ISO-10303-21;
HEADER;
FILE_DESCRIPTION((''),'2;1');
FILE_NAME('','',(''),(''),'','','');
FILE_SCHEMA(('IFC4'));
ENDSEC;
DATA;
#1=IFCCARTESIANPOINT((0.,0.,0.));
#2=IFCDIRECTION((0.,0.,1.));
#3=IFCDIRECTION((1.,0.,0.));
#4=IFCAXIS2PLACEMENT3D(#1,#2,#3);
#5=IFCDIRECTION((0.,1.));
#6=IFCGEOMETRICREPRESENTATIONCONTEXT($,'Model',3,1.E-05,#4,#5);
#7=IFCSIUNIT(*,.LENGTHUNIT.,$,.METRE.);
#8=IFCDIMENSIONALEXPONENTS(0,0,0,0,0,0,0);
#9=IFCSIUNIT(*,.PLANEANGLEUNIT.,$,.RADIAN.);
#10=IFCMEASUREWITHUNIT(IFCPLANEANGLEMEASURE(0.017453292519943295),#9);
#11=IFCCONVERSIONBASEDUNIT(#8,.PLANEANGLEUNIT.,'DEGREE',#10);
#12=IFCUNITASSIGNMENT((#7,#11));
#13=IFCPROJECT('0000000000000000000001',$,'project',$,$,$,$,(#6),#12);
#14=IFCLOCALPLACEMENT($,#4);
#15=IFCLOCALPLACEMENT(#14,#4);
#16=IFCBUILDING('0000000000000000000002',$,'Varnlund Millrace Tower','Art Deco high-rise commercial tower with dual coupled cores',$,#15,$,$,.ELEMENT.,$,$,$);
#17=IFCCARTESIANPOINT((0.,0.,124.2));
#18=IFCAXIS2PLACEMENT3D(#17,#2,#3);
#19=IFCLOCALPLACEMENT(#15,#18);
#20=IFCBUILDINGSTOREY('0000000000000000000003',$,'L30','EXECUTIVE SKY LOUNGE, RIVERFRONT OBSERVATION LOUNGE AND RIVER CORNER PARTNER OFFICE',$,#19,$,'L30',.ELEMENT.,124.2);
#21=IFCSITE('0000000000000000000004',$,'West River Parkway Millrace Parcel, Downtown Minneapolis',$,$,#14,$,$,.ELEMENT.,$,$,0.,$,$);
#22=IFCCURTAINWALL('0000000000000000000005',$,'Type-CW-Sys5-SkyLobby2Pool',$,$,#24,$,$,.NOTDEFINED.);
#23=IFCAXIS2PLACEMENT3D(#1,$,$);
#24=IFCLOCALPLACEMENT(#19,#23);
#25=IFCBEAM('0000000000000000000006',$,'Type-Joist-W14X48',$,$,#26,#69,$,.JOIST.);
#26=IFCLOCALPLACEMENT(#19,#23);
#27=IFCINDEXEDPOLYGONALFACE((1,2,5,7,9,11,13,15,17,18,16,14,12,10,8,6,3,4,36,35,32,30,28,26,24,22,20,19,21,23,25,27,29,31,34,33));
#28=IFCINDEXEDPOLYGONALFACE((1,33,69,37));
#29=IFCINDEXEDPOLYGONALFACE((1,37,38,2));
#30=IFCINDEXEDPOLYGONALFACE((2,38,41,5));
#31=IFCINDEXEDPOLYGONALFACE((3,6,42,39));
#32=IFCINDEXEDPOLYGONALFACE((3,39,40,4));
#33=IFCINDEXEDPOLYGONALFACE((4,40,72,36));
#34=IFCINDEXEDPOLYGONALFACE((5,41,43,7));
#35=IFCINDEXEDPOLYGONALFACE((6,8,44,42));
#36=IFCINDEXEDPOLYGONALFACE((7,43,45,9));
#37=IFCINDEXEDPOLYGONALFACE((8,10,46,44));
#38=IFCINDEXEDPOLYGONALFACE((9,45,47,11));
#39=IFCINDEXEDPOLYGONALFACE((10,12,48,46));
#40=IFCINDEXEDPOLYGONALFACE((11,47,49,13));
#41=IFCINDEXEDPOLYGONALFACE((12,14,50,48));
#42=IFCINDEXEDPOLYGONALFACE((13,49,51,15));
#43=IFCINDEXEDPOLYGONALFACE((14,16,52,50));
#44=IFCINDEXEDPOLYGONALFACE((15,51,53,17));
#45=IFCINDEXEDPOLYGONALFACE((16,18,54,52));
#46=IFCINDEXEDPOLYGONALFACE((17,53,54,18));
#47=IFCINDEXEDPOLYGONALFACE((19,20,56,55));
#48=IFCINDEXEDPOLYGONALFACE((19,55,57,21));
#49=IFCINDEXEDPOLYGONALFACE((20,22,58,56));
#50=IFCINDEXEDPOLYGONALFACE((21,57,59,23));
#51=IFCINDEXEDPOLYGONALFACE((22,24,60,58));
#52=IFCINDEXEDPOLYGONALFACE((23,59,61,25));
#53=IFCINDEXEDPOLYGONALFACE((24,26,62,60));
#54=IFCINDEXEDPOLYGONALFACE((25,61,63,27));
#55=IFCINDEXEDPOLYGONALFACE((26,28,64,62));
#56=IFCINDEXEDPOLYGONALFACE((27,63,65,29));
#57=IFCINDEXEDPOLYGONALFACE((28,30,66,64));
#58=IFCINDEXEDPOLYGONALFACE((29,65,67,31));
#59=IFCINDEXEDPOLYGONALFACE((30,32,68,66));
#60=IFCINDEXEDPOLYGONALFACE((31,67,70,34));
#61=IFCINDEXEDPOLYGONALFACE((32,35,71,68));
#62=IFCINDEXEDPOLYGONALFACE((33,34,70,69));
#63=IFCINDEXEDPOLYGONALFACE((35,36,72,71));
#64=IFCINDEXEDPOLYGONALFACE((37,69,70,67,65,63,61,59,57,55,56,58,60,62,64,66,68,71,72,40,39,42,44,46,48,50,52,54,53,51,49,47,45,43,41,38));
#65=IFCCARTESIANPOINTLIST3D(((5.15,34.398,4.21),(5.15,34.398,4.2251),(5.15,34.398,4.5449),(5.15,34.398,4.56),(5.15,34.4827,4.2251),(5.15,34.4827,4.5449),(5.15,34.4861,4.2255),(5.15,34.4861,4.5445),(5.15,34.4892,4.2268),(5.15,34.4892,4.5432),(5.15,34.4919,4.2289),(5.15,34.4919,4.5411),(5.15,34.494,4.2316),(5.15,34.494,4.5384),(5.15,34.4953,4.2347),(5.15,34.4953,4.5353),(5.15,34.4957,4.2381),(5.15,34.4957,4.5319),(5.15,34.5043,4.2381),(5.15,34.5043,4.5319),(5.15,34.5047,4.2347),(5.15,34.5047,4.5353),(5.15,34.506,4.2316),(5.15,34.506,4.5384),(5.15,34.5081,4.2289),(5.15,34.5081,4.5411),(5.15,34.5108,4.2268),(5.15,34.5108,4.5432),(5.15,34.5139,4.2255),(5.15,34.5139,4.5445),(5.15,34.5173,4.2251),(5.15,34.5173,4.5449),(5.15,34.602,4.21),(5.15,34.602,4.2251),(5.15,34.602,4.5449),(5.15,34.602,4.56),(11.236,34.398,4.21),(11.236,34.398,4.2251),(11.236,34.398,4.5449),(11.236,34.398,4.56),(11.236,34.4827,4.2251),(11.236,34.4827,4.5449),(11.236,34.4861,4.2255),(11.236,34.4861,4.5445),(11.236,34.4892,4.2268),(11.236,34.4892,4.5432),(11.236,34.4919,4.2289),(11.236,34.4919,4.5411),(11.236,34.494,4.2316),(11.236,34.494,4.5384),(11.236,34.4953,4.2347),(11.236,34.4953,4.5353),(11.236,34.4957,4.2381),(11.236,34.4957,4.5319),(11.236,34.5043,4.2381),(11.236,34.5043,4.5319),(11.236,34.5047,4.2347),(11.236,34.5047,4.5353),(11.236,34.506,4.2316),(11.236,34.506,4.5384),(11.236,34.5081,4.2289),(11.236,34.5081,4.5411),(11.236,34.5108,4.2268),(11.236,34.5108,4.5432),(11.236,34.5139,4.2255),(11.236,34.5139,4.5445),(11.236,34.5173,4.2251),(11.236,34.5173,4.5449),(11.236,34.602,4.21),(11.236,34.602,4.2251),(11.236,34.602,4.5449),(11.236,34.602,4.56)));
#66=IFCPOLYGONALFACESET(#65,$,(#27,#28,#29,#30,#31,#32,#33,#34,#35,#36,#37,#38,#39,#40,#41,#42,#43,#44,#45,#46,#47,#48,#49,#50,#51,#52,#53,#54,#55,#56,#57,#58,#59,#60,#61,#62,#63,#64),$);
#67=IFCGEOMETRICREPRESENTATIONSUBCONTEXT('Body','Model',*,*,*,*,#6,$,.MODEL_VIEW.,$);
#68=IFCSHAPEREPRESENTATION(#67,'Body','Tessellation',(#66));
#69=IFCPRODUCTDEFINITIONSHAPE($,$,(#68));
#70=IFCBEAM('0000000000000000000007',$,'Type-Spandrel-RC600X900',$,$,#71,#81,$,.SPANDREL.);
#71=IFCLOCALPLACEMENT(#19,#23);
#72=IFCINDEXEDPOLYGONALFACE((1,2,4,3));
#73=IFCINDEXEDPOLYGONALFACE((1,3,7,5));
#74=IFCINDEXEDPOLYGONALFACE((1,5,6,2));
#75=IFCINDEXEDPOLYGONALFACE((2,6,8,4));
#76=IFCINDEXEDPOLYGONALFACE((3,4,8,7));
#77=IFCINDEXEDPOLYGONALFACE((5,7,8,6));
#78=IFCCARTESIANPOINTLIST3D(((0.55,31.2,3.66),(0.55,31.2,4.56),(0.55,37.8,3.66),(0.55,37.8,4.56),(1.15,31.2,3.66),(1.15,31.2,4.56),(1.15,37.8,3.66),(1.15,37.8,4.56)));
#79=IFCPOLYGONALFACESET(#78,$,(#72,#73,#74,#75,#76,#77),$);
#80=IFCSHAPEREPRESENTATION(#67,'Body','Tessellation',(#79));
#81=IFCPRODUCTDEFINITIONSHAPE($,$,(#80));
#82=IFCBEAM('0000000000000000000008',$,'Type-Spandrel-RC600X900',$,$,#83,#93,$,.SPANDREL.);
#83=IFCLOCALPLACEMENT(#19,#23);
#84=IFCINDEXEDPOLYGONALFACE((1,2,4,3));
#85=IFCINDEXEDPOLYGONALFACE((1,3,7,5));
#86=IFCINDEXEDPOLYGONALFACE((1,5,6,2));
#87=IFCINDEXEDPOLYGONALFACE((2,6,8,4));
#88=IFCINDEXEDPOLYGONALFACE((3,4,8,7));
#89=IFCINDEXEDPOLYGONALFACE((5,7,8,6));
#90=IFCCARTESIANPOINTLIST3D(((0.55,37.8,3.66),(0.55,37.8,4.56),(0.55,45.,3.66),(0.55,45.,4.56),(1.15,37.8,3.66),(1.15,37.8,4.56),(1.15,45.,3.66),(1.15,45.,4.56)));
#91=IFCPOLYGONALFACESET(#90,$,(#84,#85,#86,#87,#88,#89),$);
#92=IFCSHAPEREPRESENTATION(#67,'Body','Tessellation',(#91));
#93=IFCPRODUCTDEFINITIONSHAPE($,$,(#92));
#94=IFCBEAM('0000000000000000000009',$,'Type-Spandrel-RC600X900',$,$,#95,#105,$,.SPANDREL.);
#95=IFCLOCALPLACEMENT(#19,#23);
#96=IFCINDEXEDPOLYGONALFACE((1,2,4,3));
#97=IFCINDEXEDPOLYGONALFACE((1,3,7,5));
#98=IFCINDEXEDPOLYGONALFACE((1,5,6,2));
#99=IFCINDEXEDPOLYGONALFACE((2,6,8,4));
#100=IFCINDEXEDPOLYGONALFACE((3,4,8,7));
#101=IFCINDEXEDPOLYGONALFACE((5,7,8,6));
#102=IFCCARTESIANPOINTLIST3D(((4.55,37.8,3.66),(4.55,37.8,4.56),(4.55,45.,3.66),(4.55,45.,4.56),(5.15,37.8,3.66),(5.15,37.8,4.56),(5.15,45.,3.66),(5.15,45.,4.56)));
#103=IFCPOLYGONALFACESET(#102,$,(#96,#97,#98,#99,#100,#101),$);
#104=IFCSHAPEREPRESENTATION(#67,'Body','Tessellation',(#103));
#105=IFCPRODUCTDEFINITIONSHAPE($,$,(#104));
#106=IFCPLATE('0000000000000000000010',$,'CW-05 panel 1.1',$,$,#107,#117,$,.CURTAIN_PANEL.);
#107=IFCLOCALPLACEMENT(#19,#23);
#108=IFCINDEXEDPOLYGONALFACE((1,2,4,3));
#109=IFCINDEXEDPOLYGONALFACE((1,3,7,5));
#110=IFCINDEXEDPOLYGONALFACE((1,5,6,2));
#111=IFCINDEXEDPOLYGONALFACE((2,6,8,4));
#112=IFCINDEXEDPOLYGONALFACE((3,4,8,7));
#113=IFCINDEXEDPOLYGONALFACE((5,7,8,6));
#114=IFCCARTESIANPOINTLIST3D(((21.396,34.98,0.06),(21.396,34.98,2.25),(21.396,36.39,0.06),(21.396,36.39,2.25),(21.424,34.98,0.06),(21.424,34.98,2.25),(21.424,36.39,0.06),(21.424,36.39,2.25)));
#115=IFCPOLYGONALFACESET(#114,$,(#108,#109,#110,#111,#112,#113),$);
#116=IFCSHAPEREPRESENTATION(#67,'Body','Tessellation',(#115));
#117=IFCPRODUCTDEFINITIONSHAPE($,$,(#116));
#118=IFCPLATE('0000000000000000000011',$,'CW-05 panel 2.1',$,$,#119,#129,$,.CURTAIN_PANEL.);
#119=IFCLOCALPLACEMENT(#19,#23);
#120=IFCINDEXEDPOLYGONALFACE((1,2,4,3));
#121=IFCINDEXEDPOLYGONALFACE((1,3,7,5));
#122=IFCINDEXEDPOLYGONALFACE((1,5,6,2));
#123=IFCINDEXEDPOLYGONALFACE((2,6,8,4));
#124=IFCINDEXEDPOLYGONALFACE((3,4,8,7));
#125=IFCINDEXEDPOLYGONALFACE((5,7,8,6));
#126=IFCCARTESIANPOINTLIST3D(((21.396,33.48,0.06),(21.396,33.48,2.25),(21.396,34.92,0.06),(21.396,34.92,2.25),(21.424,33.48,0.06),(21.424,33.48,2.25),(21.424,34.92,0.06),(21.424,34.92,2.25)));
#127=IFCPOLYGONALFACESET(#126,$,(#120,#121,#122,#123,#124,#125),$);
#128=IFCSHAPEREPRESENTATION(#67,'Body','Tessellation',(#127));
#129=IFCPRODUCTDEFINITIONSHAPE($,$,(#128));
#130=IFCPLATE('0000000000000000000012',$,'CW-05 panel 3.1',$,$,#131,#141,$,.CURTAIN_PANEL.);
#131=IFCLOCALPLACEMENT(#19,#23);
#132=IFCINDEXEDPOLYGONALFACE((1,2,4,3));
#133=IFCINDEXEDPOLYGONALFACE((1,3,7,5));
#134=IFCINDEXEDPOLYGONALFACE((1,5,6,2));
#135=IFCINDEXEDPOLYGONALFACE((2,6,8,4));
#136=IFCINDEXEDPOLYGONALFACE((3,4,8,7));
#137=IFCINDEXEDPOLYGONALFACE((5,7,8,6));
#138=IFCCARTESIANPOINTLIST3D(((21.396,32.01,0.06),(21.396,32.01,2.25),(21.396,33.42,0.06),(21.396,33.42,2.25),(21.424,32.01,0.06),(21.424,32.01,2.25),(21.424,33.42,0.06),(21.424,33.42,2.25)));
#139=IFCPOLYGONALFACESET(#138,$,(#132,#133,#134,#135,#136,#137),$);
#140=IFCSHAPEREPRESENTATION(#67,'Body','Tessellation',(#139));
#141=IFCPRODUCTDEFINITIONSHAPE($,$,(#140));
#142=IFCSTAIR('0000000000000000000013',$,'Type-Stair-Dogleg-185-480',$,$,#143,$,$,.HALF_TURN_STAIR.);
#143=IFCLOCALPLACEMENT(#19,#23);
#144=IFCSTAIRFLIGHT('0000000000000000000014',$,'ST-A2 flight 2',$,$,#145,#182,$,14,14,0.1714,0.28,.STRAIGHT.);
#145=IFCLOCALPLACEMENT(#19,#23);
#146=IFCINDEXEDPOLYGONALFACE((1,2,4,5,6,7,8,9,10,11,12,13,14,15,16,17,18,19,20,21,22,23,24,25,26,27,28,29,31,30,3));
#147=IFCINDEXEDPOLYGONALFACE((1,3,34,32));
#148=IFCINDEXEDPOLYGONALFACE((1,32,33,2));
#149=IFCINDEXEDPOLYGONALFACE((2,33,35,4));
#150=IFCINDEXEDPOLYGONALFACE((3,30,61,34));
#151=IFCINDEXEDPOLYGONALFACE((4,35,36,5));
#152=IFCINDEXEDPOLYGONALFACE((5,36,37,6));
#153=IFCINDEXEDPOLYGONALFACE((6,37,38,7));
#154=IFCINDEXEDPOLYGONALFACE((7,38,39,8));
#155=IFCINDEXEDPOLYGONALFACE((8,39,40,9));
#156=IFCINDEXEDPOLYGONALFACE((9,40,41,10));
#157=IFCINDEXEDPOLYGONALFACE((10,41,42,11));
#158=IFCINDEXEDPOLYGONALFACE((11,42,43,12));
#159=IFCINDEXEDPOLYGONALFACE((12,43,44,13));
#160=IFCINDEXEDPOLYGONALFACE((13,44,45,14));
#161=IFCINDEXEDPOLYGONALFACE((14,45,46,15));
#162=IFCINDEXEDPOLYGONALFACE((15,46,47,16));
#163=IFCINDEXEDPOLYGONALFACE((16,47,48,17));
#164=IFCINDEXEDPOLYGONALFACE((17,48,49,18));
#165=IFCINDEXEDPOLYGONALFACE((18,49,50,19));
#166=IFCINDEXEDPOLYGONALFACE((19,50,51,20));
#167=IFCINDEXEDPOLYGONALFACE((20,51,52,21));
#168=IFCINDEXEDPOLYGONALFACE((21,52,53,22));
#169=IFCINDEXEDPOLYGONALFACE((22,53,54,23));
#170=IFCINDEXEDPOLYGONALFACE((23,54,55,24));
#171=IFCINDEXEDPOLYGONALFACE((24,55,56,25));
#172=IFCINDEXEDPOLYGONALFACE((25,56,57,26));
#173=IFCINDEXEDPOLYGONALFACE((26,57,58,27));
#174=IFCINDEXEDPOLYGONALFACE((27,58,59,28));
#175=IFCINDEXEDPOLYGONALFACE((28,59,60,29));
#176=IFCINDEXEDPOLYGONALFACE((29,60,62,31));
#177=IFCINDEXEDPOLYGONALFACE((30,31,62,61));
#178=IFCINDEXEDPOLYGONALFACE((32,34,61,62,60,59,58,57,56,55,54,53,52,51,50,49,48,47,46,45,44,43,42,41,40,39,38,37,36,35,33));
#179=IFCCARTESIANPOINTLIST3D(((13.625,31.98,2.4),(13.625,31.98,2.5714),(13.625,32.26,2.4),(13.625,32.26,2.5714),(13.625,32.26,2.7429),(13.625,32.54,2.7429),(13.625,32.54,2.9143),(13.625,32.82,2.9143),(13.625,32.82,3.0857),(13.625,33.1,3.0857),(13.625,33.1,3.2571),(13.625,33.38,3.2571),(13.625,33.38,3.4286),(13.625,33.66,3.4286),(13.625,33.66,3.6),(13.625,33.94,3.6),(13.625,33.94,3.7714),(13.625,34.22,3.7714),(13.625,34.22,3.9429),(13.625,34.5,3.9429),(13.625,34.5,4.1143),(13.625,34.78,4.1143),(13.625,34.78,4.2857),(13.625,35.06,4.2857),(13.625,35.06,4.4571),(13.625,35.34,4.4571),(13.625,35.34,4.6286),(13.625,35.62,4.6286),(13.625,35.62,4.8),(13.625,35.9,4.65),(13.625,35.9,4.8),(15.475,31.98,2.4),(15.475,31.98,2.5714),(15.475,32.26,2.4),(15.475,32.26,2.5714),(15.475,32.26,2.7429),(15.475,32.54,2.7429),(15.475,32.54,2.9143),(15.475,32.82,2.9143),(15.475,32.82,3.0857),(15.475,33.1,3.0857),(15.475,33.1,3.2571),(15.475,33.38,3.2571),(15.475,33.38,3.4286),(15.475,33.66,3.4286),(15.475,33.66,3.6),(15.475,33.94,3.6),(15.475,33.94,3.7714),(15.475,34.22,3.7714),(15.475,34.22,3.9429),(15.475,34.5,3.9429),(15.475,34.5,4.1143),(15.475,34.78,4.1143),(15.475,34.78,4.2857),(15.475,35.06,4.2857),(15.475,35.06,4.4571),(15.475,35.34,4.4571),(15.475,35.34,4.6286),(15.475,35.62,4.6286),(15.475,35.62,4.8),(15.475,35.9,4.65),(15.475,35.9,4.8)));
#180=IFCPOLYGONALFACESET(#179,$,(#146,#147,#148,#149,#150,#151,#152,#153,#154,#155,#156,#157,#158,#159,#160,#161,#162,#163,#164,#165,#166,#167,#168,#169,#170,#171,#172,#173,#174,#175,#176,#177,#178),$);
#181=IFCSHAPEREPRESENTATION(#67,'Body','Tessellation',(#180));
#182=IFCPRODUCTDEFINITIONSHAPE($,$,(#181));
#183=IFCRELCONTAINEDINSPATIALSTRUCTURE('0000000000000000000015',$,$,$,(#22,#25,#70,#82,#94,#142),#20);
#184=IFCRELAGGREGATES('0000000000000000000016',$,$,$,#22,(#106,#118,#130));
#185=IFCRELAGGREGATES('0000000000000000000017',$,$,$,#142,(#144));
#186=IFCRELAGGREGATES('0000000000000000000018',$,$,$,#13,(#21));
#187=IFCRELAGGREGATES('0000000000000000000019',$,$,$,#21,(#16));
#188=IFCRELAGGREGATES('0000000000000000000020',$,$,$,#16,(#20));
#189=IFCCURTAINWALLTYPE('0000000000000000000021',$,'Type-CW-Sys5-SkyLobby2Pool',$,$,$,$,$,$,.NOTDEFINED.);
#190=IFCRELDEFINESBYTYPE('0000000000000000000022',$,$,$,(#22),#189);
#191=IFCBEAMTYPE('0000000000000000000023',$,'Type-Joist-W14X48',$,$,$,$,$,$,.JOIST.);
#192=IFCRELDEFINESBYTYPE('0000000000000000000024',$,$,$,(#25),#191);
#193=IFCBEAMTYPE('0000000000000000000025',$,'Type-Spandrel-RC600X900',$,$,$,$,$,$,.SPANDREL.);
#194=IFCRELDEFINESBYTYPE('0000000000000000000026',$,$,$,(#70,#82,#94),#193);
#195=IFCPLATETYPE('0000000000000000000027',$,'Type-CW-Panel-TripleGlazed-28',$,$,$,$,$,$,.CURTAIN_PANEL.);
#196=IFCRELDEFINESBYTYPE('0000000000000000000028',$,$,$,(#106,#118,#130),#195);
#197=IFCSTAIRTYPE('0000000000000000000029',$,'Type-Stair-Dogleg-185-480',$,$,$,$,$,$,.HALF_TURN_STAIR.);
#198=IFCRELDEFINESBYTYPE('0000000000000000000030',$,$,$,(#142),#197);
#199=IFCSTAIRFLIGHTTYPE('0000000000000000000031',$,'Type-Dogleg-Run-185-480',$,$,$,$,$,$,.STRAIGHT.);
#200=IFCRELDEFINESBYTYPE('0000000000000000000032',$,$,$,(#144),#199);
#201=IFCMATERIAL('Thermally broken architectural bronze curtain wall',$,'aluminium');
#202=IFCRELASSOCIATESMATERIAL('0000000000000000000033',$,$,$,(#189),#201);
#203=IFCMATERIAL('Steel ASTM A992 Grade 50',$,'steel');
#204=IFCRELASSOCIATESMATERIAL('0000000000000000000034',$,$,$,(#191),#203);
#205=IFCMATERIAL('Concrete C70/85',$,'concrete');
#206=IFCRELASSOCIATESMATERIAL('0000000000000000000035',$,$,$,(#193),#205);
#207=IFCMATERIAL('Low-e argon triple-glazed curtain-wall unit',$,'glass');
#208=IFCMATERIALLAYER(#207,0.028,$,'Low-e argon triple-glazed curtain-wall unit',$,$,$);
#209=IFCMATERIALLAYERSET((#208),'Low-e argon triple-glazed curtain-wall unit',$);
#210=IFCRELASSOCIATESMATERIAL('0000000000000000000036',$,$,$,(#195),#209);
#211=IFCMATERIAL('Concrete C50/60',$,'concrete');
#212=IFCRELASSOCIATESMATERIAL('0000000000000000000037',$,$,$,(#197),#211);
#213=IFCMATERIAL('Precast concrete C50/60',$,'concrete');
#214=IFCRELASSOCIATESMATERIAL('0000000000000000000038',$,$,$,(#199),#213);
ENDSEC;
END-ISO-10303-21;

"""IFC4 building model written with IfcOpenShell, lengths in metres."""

from ifc_helpers import new_model, entity, si_unit, converted_unit, direction, frame, origin_with_axes, origin_2d_with_axis, place, context, subcontext, project, spatial, polyline, rectangle, i_section, outline, extrude, material, layer, layer_set, material_profile, profile_set, type_object, element, aggregate, save


model = new_model("IFC4")

# Units and contexts
model_context = context("Model", 3, precision=1e-05, world=origin_with_axes(), true_north=direction((0.0, 1.0)))
body_context = subcontext(model_context, "Body", "Model", "MODEL_VIEW")
ifc_project = project(units=[si_unit("LENGTHUNIT", "METRE"), converted_unit("PLANEANGLEUNIT", "DEGREE", entity("IfcPlaneAngleMeasure", 0.017453292519943295), si_unit("PLANEANGLEUNIT", "RADIAN"), dimensions=[0, 0, 0, 0, 0, 0, 0])], contexts=[model_context])

# Site, building, storey
site_placement = place(None, origin_with_axes())
site = spatial("IfcSite", under=ifc_project, at=site_placement, Name="West River Parkway Millrace Parcel, Downtown Minneapolis", CompositionType="ELEMENT", RefElevation=0.0)
building_placement = place(site_placement, origin_with_axes())
building = spatial("IfcBuilding", under=site, at=building_placement, Name="Varnlund Millrace Tower", Description="Art Deco high-rise commercial tower with dual coupled cores", CompositionType="ELEMENT")
storey_placement = place(building_placement, frame((0.0, 0.0, 124.2), z_axis=(0.0, 0.0, 1.0), x_axis=(1.0, 0.0, 0.0)))
storey = spatial("IfcBuildingStorey", under=building, at=storey_placement, Name="L30", Description="EXECUTIVE SKY LOUNGE, RIVERFRONT OBSERVATION LOUNGE AND RIVER CORNER PARTNER OFFICE", LongName="L30", CompositionType="ELEMENT", Elevation=124.2)

# Curtain wall
ifc_material_1 = material(Name="Thermally broken architectural bronze curtain wall", Category="aluminium")
curtain_wall_type = type_object("IfcCurtainWallType", Name="Type-CW-Sys5-SkyLobby2Pool", PredefinedType="NOTDEFINED", material=ifc_material_1)
curtain_wall_placement = place(storey_placement, frame((21.41, 36.45, 0.0), z_axis=(0.0, 0.0, 1.0), x_axis=(1.0, 0.0, 0.0)))
curtain_wall = element("IfcCurtainWall", 1, at=curtain_wall_placement, inside=storey, type_object=curtain_wall_type, Name="Type-CW-Sys5-SkyLobby2Pool", PredefinedType="NOTDEFINED")

# Beams
ifc_material_2 = material(Name="Steel ASTM A992 Grade 50", Category="steel")
ifc_material_profile_1 = material_profile(ifc_material_2, i_section(OverallWidth=0.204, OverallDepth=0.35, WebThickness=0.0086, FlangeThickness=0.0151, FilletRadius=0.013, at=origin_2d_with_axis()), Name="Steel ASTM A992 Grade 50")
ifc_profile_set_1 = profile_set([ifc_material_profile_1], Name="Steel ASTM A992 Grade 50")
beam_type_1 = type_object("IfcBeamType", Name="Type-Joist-W14X48", PredefinedType="JOIST", material=ifc_profile_set_1)
for number, where, z_axis, x_axis, name in (
    (2, (5.15, 34.5, 4.385), (1.0, 0.0, 0.0), (0.0, 1.0, 0.0), "Type-Joist-W14X48"),
):
    element("IfcBeam", number, at=place(storey_placement, frame(where, z_axis=z_axis, x_axis=x_axis)), inside=storey, type_object=beam_type_1, Name=name, PredefinedType="JOIST", context=body_context, shape_type="SweptSolid", body=[
        extrude(i_section(OverallWidth=0.204, OverallDepth=0.35, WebThickness=0.0086, FlangeThickness=0.0151, FilletRadius=0.013, at=origin_2d_with_axis()), origin_with_axes(), (0.0, 0.0, 1.0), 6.086),
    ])
ifc_material_3 = material(Name="Concrete C70/85", Category="concrete")
ifc_material_profile_2 = material_profile(ifc_material_3, rectangle(XDim=0.6, YDim=0.9, at=origin_2d_with_axis()), Name="Concrete C70/85")
ifc_profile_set_2 = profile_set([ifc_material_profile_2], Name="Concrete C70/85")
beam_type_2 = type_object("IfcBeamType", Name="Type-Spandrel-RC600X900", PredefinedType="SPANDREL", material=ifc_profile_set_2)
beam_1_placement = place(storey_placement, frame((0.85, 31.2, 4.11), z_axis=(0.0, 1.0, 0.0), x_axis=(-1.0, 0.0, 0.0)))
element("IfcBeam", 3, at=beam_1_placement, inside=storey, type_object=beam_type_2, Name="Type-Spandrel-RC600X900", PredefinedType="SPANDREL", context=body_context, shape_type="SweptSolid", body=[
    extrude(rectangle(XDim=0.6, YDim=0.9, at=origin_2d_with_axis()), origin_with_axes(), (0.0, 0.0, 1.0), 6.6),
])
for number, where, z_axis, x_axis, name in (
    (4, (0.85, 37.8, 4.11), (0.0, 1.0, 0.0), (-1.0, 0.0, 0.0), "Type-Spandrel-RC600X900"),
    (5, (4.85, 37.8, 4.11), (0.0, 1.0, 0.0), (-1.0, 0.0, 0.0), "Type-Spandrel-RC600X900"),
):
    element("IfcBeam", number, at=place(storey_placement, frame(where, z_axis=z_axis, x_axis=x_axis)), inside=storey, type_object=beam_type_2, Name=name, PredefinedType="SPANDREL", context=body_context, shape_type="SweptSolid", body=[
        extrude(rectangle(XDim=0.6, YDim=0.9, at=origin_2d_with_axis()), origin_with_axes(), (0.0, 0.0, 1.0), 7.2),
    ])

# Plates
ifc_material_4 = material(Name="Low-e argon triple-glazed curtain-wall unit", Category="glass")
ifc_layer_1 = layer(ifc_material_4, 0.028, Name="Low-e argon triple-glazed curtain-wall unit")
ifc_layer_set_1 = layer_set([ifc_layer_1], Name="Low-e argon triple-glazed curtain-wall unit")
plate_type = type_object("IfcPlateType", Name="Type-CW-Panel-TripleGlazed-28", PredefinedType="CURTAIN_PANEL", material=ifc_layer_set_1)
plate_1_placement = place(storey_placement, frame((21.41, 35.685, 0.06), z_axis=(0.0, 0.0, 1.0), x_axis=(0.0, -1.0, 0.0)))
plate_1 = element("IfcPlate", 6, at=plate_1_placement, type_object=plate_type, Name="CW-05 panel 1.1", PredefinedType="CURTAIN_PANEL", context=body_context, shape_type="SweptSolid", body=[
    extrude(rectangle(XDim=1.41, YDim=0.028, at=origin_2d_with_axis()), origin_with_axes(), (0.0, 0.0, 1.0), 2.19),
])
plate_2_placement = place(storey_placement, frame((21.41, 34.2, 0.06), z_axis=(0.0, 0.0, 1.0), x_axis=(0.0, -1.0, 0.0)))
plate_2 = element("IfcPlate", 7, at=plate_2_placement, type_object=plate_type, Name="CW-05 panel 2.1", PredefinedType="CURTAIN_PANEL", context=body_context, shape_type="SweptSolid", body=[
    extrude(rectangle(XDim=1.44, YDim=0.028, at=origin_2d_with_axis()), origin_with_axes(), (0.0, 0.0, 1.0), 2.19),
])
plate_3_placement = place(storey_placement, frame((21.41, 32.715, 0.06), z_axis=(0.0, 0.0, 1.0), x_axis=(0.0, -1.0, 0.0)))
plate_3 = element("IfcPlate", 8, at=plate_3_placement, type_object=plate_type, Name="CW-05 panel 3.1", PredefinedType="CURTAIN_PANEL", context=body_context, shape_type="SweptSolid", body=[
    extrude(rectangle(XDim=1.41, YDim=0.028, at=origin_2d_with_axis()), origin_with_axes(), (0.0, 0.0, 1.0), 2.19),
])
aggregate(curtain_wall, [plate_1, plate_2, plate_3])

# Stair, stair flight
ifc_material_5 = material(Name="Concrete C50/60", Category="concrete")
stair_type = type_object("IfcStairType", Name="Type-Stair-Dogleg-185-480", PredefinedType="HALF_TURN_STAIR", material=ifc_material_5)
stair_placement = place(storey_placement, origin_with_axes())
stair = element("IfcStair", 9, at=stair_placement, inside=storey, type_object=stair_type, Name="Type-Stair-Dogleg-185-480", PredefinedType="HALF_TURN_STAIR")
ifc_material_6 = material(Name="Precast concrete C50/60", Category="concrete")
stair_flight_type = type_object("IfcStairFlightType", Name="Type-Dogleg-Run-185-480", PredefinedType="STRAIGHT", material=ifc_material_6)
stair_flight_placement = place(storey_placement, frame((13.625, 31.98, 2.4), z_axis=(1.0, 0.0, 0.0), x_axis=(0.0, 1.0, 0.0)))
stair_flight = element("IfcStairFlight", 10, at=stair_flight_placement, type_object=stair_flight_type, Name="ST-A2 flight 2", NumberOfRisers=14, NumberOfTreads=14, PredefinedType="STRAIGHT", RiserHeight=0.1714, TreadLength=0.28, context=body_context, shape_type="SweptSolid", body=[
    extrude(outline(polyline([(0.0, 0.0), (0.0, 0.1714), (0.28, 0.1714), (0.28, 0.3429), (0.56, 0.3429), (0.56, 0.5143), (0.84, 0.5143), (0.84, 0.6857), (1.12, 0.6857), (1.12, 0.8571), (1.4, 0.8571), (1.4, 1.0286), (1.68, 1.0286), (1.68, 1.2), (1.96, 1.2), (1.96, 1.3714), (2.24, 1.3714), (2.24, 1.5429), (2.52, 1.5429), (2.52, 1.7143), (2.8, 1.7143), (2.8, 1.8857), (3.08, 1.8857), (3.08, 2.0571), (3.36, 2.0571), (3.36, 2.2286), (3.64, 2.2286), (3.64, 2.4), (3.92, 2.4), (3.92, 2.25), (0.28, 0.0), (0.0, 0.0)])), origin_with_axes(), (0.0, 0.0, 1.0), 1.85),
])
aggregate(stair, [stair_flight])

save(model, "model.ifc")
